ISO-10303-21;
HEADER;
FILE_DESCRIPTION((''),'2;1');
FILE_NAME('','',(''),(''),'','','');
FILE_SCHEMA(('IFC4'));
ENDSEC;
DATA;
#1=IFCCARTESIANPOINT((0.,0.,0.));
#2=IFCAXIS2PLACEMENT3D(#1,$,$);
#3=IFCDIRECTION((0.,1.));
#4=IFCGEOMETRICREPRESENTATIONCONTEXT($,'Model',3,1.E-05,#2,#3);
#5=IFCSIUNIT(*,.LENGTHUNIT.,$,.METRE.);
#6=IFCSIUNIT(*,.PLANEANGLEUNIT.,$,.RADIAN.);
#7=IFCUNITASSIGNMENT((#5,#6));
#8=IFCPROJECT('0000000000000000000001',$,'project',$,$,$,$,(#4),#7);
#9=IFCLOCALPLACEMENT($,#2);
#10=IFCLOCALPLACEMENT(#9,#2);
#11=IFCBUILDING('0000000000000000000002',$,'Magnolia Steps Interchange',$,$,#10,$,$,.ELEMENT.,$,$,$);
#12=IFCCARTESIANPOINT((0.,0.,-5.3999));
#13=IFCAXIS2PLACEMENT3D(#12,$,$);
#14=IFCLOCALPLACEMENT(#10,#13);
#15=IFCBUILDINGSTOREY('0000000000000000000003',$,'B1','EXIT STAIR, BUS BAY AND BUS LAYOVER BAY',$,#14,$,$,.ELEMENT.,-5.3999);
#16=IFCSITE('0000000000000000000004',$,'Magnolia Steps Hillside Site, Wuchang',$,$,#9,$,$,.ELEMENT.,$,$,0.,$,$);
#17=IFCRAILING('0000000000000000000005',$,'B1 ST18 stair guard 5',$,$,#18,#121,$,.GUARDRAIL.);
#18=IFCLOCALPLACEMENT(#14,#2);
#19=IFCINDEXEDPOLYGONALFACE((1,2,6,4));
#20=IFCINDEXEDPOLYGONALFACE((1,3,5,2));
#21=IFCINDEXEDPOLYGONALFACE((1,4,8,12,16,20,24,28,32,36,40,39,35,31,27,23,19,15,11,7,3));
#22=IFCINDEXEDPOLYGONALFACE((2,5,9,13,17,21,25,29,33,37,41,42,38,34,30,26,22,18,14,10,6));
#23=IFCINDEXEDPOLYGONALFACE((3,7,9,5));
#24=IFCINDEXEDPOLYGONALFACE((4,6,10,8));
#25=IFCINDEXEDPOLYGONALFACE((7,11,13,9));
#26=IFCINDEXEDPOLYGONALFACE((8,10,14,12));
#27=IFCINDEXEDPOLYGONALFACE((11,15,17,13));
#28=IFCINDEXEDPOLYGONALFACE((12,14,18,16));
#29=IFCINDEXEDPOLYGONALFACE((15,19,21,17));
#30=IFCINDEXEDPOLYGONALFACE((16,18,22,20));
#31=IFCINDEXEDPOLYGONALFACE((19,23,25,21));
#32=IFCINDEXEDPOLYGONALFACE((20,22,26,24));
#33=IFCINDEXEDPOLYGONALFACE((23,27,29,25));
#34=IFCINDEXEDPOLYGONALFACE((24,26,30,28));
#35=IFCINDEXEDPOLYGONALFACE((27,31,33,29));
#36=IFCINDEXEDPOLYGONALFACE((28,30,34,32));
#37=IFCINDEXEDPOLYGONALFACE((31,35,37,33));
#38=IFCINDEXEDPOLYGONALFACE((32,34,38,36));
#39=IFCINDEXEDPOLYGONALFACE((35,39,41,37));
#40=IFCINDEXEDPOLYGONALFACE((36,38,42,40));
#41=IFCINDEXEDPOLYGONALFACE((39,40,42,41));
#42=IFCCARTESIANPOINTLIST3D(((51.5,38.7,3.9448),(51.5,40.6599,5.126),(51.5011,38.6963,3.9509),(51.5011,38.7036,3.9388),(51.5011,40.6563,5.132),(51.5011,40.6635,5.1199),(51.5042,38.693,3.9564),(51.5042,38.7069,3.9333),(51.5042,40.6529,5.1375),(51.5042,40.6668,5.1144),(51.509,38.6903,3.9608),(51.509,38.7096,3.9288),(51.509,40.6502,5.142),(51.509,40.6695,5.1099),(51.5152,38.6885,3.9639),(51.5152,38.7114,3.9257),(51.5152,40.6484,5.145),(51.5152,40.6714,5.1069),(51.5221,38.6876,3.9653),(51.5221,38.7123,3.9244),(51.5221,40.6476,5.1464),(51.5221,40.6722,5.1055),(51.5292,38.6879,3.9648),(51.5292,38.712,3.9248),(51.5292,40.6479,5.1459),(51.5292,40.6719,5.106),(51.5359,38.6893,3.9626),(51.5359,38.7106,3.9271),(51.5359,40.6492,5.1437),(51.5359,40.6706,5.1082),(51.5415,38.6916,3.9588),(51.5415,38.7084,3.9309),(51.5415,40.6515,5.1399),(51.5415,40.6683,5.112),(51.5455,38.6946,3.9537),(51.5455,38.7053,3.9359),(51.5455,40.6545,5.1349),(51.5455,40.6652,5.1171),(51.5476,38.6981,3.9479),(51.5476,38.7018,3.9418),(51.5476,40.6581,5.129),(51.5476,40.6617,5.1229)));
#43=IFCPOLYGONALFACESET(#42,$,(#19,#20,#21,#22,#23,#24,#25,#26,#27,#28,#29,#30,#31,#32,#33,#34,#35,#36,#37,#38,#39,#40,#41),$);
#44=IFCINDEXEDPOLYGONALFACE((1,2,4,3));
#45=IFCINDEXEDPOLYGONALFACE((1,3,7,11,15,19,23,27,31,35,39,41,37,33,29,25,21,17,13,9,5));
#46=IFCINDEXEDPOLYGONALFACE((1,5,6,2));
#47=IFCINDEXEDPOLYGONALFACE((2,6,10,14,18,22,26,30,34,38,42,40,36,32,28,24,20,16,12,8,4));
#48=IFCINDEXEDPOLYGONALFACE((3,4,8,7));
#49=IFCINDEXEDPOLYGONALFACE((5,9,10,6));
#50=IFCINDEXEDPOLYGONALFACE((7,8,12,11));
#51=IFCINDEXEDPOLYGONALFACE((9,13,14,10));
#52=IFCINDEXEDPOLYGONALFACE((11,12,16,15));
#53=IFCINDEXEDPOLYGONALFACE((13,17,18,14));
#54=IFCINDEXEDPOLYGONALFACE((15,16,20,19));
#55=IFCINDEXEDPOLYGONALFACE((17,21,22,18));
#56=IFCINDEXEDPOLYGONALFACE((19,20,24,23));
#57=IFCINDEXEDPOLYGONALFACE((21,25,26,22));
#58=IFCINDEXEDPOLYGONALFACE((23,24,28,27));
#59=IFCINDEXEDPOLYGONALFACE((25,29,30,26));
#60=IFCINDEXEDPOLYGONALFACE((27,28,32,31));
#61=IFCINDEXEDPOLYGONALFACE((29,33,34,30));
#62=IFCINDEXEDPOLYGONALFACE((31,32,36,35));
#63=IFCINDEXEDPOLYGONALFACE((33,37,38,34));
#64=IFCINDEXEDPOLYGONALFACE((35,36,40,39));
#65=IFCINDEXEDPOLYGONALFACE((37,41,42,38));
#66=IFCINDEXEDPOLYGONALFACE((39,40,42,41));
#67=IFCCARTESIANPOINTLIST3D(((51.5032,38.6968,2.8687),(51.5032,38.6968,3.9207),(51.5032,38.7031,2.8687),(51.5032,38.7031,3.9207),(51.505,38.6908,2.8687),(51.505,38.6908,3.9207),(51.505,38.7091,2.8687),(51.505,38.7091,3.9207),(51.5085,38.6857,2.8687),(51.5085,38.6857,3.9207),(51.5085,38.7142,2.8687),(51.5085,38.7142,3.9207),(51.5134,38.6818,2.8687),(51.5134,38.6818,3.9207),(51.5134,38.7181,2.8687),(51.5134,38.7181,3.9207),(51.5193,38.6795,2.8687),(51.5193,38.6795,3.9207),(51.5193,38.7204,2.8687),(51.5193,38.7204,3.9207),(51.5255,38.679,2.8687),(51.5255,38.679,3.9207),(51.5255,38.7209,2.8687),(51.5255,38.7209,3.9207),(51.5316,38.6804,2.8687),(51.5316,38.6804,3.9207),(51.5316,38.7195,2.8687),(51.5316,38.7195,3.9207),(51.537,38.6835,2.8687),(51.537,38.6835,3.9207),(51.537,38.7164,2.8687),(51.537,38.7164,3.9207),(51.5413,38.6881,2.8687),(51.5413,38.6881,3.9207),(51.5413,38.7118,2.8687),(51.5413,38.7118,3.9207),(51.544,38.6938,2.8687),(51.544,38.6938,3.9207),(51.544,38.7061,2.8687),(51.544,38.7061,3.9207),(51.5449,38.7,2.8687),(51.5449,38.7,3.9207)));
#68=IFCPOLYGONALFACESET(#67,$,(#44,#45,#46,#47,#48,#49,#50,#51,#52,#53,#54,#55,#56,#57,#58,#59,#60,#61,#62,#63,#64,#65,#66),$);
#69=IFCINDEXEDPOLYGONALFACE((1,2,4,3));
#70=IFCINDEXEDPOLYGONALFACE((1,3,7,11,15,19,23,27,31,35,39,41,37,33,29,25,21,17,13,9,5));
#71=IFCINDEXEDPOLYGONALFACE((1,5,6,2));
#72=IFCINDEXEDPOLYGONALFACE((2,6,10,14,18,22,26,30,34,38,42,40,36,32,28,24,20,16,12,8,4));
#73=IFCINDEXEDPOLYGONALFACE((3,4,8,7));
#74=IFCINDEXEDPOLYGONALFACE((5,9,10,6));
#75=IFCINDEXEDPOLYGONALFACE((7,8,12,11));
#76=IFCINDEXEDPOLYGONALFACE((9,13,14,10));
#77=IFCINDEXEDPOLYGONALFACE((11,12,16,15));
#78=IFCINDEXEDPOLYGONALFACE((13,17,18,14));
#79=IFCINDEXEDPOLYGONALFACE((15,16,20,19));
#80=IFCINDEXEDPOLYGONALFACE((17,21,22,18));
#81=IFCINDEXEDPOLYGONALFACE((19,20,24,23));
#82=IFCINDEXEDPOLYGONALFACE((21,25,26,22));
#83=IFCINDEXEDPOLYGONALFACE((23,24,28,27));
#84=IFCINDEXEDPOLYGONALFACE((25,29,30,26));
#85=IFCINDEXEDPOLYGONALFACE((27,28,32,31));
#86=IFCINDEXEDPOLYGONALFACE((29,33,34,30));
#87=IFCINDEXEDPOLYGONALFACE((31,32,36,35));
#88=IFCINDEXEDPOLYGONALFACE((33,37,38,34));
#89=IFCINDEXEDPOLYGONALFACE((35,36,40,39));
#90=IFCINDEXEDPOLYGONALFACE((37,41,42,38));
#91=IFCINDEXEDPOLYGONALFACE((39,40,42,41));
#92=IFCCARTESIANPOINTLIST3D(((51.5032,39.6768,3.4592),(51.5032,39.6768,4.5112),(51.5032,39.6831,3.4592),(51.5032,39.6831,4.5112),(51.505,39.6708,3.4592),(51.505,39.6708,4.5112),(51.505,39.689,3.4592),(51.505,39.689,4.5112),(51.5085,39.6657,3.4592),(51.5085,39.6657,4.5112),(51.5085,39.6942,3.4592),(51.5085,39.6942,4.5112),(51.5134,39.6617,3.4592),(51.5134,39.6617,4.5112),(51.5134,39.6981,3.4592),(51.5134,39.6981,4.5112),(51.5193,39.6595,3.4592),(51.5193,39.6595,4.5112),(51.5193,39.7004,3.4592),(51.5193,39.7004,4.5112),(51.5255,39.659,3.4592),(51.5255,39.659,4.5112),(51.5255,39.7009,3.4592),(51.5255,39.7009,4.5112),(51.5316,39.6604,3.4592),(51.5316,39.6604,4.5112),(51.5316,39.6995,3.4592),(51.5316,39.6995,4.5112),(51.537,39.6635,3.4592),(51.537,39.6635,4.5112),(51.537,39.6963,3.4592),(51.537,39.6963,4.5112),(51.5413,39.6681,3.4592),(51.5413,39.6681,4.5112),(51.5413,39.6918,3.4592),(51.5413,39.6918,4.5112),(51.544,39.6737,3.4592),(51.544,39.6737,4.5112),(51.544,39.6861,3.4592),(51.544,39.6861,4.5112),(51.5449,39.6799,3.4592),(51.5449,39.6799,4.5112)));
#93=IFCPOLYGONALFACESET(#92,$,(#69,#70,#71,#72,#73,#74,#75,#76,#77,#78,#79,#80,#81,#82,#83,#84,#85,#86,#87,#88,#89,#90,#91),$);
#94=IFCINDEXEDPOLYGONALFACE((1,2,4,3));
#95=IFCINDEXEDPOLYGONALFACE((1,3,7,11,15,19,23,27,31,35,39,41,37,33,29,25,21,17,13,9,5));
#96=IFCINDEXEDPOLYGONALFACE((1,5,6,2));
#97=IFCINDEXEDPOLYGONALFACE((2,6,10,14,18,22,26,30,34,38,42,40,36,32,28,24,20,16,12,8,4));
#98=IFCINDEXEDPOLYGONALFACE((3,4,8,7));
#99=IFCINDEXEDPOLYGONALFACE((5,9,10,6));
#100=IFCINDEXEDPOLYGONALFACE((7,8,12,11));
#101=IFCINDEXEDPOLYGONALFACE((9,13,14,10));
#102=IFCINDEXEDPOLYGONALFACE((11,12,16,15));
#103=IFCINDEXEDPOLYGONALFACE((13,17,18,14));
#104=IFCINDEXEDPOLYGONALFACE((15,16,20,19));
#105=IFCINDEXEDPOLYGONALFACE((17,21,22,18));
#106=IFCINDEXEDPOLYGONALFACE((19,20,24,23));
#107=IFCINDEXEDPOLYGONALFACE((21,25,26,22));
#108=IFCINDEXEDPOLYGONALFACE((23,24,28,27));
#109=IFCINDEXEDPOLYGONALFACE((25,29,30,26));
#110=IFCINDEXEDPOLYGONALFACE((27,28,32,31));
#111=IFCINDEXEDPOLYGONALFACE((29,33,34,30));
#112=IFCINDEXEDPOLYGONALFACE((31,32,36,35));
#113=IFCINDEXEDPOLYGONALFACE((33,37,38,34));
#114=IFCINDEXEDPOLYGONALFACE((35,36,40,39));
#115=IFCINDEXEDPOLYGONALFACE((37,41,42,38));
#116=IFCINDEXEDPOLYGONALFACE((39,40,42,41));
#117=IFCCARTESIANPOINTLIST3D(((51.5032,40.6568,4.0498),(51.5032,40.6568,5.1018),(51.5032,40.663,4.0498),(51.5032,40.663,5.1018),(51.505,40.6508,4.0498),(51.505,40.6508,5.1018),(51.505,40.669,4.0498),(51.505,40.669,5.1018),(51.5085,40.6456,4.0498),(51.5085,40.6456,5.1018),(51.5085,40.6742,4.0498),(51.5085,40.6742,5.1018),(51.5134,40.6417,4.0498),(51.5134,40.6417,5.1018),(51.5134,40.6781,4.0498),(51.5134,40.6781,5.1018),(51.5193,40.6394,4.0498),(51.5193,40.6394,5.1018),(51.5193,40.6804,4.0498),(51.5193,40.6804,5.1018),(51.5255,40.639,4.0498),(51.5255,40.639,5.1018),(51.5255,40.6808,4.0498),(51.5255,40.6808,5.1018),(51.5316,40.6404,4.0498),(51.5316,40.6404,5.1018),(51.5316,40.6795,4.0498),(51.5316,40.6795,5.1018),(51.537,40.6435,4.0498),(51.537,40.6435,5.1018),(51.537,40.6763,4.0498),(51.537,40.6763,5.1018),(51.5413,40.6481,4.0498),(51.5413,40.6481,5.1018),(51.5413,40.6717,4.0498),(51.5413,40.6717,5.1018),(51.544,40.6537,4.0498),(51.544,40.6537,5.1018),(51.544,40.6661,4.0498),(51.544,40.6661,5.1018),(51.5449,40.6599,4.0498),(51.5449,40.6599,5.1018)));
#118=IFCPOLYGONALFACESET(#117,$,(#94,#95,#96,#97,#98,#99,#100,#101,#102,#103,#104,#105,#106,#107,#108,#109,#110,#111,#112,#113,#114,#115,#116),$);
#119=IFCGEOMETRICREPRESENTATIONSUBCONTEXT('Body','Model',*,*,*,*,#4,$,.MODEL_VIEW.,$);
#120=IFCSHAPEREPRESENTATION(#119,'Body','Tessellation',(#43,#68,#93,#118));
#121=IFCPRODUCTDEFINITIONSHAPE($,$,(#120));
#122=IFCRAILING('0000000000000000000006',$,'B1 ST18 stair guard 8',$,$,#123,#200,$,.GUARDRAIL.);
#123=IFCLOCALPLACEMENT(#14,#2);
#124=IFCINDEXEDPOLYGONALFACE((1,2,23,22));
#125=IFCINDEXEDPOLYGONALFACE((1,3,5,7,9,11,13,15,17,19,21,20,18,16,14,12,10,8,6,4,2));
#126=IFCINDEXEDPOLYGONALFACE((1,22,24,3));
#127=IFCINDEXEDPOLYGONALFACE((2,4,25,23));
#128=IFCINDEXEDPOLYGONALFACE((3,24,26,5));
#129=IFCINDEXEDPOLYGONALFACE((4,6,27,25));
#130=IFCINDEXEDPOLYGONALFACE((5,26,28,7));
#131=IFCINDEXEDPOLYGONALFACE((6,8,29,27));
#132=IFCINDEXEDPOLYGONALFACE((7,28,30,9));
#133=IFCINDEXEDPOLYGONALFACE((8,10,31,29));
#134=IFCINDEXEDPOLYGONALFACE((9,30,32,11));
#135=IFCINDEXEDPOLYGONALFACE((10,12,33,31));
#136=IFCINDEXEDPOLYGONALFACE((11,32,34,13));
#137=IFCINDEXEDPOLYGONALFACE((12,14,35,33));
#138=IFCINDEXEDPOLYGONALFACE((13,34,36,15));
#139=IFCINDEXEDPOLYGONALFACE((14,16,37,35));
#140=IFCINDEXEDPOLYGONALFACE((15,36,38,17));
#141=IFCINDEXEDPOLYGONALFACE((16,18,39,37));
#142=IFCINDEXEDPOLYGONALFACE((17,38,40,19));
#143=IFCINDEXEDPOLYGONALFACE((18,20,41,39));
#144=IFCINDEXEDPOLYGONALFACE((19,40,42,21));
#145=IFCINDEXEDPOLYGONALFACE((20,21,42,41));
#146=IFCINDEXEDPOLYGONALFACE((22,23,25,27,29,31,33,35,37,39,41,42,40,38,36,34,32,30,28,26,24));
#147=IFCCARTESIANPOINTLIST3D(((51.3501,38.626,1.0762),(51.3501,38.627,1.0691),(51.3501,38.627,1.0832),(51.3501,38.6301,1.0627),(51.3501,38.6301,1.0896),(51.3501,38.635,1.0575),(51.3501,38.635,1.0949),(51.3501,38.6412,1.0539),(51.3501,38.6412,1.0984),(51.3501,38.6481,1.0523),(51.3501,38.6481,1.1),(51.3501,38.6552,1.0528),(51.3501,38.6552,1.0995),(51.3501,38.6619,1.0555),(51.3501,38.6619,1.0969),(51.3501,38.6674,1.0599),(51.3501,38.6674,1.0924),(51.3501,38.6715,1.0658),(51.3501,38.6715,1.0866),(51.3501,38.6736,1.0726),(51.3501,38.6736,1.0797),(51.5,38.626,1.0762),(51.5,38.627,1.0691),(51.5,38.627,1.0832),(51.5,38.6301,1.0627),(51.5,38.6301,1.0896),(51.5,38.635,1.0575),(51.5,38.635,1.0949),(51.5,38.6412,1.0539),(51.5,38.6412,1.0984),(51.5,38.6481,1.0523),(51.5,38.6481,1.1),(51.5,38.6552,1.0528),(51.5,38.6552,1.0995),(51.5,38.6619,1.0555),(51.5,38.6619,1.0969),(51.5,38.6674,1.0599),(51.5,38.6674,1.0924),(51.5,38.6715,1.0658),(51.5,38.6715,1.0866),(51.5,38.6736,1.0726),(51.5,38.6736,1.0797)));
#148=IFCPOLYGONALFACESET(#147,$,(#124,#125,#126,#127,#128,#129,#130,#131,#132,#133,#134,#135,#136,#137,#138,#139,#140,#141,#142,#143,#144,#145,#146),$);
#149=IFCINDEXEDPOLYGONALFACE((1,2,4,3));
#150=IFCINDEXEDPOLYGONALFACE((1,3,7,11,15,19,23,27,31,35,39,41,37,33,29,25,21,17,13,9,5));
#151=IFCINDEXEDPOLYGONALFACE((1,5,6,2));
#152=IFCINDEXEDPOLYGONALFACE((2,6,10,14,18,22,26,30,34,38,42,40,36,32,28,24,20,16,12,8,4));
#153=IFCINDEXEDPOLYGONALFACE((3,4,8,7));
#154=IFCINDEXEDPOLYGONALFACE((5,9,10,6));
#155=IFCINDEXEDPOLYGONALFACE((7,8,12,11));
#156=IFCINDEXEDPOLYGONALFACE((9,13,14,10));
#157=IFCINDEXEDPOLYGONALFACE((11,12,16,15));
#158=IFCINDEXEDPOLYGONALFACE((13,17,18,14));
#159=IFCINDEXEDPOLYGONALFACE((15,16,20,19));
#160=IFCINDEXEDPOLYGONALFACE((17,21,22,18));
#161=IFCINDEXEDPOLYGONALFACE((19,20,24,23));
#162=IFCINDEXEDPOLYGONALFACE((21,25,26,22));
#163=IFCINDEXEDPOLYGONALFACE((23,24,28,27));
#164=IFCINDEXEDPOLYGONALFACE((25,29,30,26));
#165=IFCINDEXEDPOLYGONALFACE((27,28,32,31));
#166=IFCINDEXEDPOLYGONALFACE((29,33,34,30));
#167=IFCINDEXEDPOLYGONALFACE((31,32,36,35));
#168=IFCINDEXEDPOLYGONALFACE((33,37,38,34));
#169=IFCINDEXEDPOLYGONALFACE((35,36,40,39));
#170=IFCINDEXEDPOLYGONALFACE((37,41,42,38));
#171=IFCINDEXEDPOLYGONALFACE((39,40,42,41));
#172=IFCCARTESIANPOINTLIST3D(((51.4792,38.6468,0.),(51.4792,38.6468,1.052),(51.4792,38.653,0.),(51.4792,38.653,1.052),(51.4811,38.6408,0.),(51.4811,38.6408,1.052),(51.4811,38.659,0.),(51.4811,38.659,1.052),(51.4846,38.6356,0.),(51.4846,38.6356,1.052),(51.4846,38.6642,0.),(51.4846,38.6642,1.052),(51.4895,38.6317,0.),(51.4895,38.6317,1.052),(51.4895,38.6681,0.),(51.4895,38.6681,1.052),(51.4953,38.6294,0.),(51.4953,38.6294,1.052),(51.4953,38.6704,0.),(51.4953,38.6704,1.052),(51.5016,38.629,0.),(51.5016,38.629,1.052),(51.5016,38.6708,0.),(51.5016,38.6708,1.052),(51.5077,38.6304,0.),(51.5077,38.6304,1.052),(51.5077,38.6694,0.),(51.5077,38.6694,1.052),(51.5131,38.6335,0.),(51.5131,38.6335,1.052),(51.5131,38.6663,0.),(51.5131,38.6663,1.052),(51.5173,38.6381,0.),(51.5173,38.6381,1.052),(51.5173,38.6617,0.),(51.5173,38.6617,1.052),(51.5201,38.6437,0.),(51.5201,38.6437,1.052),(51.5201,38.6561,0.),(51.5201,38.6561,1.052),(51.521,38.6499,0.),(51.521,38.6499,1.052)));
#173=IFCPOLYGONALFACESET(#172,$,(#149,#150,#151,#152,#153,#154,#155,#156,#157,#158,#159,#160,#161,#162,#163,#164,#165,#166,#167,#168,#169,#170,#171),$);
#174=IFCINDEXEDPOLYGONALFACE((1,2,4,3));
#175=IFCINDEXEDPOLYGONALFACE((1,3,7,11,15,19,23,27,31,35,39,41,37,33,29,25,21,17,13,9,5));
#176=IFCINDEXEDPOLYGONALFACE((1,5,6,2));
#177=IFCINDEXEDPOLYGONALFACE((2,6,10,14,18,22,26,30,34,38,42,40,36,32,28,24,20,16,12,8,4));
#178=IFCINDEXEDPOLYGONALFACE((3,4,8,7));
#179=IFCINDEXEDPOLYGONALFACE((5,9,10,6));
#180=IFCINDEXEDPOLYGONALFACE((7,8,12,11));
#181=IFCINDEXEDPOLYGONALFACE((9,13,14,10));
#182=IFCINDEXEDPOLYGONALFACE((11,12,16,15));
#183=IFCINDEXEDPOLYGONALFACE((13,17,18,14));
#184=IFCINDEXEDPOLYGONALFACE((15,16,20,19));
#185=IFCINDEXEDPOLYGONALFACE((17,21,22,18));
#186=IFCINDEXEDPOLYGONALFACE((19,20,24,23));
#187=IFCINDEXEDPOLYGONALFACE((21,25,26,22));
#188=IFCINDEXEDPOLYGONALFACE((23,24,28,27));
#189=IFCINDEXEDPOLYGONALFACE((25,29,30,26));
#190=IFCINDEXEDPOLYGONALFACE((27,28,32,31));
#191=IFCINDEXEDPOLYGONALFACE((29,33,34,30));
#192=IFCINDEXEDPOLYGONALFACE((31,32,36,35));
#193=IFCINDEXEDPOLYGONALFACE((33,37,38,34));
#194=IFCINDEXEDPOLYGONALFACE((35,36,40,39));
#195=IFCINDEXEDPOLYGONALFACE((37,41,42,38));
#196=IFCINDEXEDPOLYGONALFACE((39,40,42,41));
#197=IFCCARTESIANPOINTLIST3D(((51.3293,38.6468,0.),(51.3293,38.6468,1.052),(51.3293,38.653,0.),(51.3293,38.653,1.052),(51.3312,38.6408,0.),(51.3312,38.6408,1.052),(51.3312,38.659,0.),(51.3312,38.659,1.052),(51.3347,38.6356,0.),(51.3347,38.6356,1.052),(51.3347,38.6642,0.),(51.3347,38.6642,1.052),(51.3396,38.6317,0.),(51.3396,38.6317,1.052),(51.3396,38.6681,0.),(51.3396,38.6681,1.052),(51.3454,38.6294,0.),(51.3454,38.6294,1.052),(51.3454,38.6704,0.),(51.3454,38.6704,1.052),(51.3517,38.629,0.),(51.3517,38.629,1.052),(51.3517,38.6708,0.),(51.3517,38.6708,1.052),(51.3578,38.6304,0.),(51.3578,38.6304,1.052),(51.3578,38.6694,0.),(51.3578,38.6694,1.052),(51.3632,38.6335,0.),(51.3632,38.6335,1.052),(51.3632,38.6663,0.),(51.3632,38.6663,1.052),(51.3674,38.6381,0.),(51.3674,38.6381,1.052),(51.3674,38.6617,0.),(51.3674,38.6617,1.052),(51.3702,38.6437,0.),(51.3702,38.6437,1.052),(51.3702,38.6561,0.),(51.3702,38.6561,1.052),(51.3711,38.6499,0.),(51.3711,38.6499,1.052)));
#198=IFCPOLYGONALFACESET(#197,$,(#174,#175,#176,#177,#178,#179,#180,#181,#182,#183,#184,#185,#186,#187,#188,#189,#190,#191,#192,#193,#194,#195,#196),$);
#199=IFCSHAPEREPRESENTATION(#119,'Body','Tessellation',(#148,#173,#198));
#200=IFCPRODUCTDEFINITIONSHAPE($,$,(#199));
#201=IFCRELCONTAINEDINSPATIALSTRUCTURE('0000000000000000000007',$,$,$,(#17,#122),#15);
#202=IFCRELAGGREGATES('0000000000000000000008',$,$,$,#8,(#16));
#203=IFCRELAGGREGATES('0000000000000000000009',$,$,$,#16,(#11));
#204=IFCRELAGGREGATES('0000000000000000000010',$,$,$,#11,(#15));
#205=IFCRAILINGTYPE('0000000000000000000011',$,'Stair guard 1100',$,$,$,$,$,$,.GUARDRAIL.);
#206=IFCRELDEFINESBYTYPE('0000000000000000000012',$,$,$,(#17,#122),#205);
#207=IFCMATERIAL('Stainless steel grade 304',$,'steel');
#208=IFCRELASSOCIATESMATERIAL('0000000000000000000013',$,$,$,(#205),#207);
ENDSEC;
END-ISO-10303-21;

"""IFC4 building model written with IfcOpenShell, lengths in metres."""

from ifc_helpers import new_model, si_unit, direction, frame, origin, origin_2d, place, context, subcontext, project, spatial, circle, extrude, material, type_object, element, save


model = new_model("IFC4")

# Units and contexts
model_context = context("Model", 3, precision=1e-05, world=origin(), true_north=direction((0.0, 1.0)))
body_context = subcontext(model_context, "Body", "Model", "MODEL_VIEW")
ifc_project = project(units=[si_unit("LENGTHUNIT", "METRE"), si_unit("PLANEANGLEUNIT", "RADIAN")], contexts=[model_context])

# Site, building, storey
site_placement = place(None, origin())
site = spatial("IfcSite", under=ifc_project, at=site_placement, Name="Magnolia Steps Hillside Site, Wuchang", CompositionType="ELEMENT", RefElevation=0.0)
building_placement = place(site_placement, origin())
building = spatial("IfcBuilding", under=site, at=building_placement, Name="Magnolia Steps Interchange", CompositionType="ELEMENT")
storey_placement = place(building_placement, frame((0.0, 0.0, -5.3999)))
storey = spatial("IfcBuildingStorey", under=building, at=storey_placement, Name="B1", Description="EXIT STAIR, BUS BAY AND BUS LAYOVER BAY", CompositionType="ELEMENT", Elevation=-5.3999)

# Railings
ifc_material_1 = material(Name="Stainless steel grade 304", Category="steel")
railing_type_1 = type_object("IfcRailingType", Name="Stair guard 1100", PredefinedType="GUARDRAIL", material=ifc_material_1)
railing_1_placement = place(storey_placement, frame((51.5239, 38.7, 2.8687)))
element("IfcRailing", 1, at=railing_1_placement, inside=storey, type_object=railing_type_1, Name="B1 ST18 stair guard 5", PredefinedType="GUARDRAIL", context=body_context, shape_type="SweptSolid", body=[
    extrude(circle(Radius=0.0239, at=origin_2d()), frame((0.0, 0.0, 1.0762), z_axis=(0.0, 0.856493, 0.516158), x_axis=(-1.0, 0.0, 0.0)), (0.0, 0.0, 1.0), 2.2883),
    extrude(circle(Radius=0.021, at=origin_2d()), origin(), (0.0, 0.0, 1.0), 1.052),
    extrude(circle(Radius=0.021, at=origin_2d()), frame((0.0, 0.98, 0.5906)), (0.0, 0.0, 1.0), 1.052),
    extrude(circle(Radius=0.021, at=origin_2d()), frame((0.0, 1.96, 1.1812)), (0.0, 0.0, 1.0), 1.052),
])
railing_2_placement = place(storey_placement, frame((51.5, 38.6499, 0.0)))
element("IfcRailing", 2, at=railing_2_placement, inside=storey, type_object=railing_type_1, Name="B1 ST18 stair guard 8", PredefinedType="GUARDRAIL", context=body_context, shape_type="SweptSolid", body=[
    extrude(circle(Radius=0.0239, at=origin_2d()), frame((0.0, 0.0, 1.0762), z_axis=(-1.0, 0.0, 0.0), x_axis=(0.0, -1.0, 0.0)), (0.0, 0.0, 1.0), 0.1499),
    extrude(circle(Radius=0.021, at=origin_2d()), origin(), (0.0, 0.0, 1.0), 1.052),
    extrude(circle(Radius=0.021, at=origin_2d()), frame((-0.1499, 0.0, 0.0)), (0.0, 0.0, 1.0), 1.052),
])

save(model, "model.ifc")
